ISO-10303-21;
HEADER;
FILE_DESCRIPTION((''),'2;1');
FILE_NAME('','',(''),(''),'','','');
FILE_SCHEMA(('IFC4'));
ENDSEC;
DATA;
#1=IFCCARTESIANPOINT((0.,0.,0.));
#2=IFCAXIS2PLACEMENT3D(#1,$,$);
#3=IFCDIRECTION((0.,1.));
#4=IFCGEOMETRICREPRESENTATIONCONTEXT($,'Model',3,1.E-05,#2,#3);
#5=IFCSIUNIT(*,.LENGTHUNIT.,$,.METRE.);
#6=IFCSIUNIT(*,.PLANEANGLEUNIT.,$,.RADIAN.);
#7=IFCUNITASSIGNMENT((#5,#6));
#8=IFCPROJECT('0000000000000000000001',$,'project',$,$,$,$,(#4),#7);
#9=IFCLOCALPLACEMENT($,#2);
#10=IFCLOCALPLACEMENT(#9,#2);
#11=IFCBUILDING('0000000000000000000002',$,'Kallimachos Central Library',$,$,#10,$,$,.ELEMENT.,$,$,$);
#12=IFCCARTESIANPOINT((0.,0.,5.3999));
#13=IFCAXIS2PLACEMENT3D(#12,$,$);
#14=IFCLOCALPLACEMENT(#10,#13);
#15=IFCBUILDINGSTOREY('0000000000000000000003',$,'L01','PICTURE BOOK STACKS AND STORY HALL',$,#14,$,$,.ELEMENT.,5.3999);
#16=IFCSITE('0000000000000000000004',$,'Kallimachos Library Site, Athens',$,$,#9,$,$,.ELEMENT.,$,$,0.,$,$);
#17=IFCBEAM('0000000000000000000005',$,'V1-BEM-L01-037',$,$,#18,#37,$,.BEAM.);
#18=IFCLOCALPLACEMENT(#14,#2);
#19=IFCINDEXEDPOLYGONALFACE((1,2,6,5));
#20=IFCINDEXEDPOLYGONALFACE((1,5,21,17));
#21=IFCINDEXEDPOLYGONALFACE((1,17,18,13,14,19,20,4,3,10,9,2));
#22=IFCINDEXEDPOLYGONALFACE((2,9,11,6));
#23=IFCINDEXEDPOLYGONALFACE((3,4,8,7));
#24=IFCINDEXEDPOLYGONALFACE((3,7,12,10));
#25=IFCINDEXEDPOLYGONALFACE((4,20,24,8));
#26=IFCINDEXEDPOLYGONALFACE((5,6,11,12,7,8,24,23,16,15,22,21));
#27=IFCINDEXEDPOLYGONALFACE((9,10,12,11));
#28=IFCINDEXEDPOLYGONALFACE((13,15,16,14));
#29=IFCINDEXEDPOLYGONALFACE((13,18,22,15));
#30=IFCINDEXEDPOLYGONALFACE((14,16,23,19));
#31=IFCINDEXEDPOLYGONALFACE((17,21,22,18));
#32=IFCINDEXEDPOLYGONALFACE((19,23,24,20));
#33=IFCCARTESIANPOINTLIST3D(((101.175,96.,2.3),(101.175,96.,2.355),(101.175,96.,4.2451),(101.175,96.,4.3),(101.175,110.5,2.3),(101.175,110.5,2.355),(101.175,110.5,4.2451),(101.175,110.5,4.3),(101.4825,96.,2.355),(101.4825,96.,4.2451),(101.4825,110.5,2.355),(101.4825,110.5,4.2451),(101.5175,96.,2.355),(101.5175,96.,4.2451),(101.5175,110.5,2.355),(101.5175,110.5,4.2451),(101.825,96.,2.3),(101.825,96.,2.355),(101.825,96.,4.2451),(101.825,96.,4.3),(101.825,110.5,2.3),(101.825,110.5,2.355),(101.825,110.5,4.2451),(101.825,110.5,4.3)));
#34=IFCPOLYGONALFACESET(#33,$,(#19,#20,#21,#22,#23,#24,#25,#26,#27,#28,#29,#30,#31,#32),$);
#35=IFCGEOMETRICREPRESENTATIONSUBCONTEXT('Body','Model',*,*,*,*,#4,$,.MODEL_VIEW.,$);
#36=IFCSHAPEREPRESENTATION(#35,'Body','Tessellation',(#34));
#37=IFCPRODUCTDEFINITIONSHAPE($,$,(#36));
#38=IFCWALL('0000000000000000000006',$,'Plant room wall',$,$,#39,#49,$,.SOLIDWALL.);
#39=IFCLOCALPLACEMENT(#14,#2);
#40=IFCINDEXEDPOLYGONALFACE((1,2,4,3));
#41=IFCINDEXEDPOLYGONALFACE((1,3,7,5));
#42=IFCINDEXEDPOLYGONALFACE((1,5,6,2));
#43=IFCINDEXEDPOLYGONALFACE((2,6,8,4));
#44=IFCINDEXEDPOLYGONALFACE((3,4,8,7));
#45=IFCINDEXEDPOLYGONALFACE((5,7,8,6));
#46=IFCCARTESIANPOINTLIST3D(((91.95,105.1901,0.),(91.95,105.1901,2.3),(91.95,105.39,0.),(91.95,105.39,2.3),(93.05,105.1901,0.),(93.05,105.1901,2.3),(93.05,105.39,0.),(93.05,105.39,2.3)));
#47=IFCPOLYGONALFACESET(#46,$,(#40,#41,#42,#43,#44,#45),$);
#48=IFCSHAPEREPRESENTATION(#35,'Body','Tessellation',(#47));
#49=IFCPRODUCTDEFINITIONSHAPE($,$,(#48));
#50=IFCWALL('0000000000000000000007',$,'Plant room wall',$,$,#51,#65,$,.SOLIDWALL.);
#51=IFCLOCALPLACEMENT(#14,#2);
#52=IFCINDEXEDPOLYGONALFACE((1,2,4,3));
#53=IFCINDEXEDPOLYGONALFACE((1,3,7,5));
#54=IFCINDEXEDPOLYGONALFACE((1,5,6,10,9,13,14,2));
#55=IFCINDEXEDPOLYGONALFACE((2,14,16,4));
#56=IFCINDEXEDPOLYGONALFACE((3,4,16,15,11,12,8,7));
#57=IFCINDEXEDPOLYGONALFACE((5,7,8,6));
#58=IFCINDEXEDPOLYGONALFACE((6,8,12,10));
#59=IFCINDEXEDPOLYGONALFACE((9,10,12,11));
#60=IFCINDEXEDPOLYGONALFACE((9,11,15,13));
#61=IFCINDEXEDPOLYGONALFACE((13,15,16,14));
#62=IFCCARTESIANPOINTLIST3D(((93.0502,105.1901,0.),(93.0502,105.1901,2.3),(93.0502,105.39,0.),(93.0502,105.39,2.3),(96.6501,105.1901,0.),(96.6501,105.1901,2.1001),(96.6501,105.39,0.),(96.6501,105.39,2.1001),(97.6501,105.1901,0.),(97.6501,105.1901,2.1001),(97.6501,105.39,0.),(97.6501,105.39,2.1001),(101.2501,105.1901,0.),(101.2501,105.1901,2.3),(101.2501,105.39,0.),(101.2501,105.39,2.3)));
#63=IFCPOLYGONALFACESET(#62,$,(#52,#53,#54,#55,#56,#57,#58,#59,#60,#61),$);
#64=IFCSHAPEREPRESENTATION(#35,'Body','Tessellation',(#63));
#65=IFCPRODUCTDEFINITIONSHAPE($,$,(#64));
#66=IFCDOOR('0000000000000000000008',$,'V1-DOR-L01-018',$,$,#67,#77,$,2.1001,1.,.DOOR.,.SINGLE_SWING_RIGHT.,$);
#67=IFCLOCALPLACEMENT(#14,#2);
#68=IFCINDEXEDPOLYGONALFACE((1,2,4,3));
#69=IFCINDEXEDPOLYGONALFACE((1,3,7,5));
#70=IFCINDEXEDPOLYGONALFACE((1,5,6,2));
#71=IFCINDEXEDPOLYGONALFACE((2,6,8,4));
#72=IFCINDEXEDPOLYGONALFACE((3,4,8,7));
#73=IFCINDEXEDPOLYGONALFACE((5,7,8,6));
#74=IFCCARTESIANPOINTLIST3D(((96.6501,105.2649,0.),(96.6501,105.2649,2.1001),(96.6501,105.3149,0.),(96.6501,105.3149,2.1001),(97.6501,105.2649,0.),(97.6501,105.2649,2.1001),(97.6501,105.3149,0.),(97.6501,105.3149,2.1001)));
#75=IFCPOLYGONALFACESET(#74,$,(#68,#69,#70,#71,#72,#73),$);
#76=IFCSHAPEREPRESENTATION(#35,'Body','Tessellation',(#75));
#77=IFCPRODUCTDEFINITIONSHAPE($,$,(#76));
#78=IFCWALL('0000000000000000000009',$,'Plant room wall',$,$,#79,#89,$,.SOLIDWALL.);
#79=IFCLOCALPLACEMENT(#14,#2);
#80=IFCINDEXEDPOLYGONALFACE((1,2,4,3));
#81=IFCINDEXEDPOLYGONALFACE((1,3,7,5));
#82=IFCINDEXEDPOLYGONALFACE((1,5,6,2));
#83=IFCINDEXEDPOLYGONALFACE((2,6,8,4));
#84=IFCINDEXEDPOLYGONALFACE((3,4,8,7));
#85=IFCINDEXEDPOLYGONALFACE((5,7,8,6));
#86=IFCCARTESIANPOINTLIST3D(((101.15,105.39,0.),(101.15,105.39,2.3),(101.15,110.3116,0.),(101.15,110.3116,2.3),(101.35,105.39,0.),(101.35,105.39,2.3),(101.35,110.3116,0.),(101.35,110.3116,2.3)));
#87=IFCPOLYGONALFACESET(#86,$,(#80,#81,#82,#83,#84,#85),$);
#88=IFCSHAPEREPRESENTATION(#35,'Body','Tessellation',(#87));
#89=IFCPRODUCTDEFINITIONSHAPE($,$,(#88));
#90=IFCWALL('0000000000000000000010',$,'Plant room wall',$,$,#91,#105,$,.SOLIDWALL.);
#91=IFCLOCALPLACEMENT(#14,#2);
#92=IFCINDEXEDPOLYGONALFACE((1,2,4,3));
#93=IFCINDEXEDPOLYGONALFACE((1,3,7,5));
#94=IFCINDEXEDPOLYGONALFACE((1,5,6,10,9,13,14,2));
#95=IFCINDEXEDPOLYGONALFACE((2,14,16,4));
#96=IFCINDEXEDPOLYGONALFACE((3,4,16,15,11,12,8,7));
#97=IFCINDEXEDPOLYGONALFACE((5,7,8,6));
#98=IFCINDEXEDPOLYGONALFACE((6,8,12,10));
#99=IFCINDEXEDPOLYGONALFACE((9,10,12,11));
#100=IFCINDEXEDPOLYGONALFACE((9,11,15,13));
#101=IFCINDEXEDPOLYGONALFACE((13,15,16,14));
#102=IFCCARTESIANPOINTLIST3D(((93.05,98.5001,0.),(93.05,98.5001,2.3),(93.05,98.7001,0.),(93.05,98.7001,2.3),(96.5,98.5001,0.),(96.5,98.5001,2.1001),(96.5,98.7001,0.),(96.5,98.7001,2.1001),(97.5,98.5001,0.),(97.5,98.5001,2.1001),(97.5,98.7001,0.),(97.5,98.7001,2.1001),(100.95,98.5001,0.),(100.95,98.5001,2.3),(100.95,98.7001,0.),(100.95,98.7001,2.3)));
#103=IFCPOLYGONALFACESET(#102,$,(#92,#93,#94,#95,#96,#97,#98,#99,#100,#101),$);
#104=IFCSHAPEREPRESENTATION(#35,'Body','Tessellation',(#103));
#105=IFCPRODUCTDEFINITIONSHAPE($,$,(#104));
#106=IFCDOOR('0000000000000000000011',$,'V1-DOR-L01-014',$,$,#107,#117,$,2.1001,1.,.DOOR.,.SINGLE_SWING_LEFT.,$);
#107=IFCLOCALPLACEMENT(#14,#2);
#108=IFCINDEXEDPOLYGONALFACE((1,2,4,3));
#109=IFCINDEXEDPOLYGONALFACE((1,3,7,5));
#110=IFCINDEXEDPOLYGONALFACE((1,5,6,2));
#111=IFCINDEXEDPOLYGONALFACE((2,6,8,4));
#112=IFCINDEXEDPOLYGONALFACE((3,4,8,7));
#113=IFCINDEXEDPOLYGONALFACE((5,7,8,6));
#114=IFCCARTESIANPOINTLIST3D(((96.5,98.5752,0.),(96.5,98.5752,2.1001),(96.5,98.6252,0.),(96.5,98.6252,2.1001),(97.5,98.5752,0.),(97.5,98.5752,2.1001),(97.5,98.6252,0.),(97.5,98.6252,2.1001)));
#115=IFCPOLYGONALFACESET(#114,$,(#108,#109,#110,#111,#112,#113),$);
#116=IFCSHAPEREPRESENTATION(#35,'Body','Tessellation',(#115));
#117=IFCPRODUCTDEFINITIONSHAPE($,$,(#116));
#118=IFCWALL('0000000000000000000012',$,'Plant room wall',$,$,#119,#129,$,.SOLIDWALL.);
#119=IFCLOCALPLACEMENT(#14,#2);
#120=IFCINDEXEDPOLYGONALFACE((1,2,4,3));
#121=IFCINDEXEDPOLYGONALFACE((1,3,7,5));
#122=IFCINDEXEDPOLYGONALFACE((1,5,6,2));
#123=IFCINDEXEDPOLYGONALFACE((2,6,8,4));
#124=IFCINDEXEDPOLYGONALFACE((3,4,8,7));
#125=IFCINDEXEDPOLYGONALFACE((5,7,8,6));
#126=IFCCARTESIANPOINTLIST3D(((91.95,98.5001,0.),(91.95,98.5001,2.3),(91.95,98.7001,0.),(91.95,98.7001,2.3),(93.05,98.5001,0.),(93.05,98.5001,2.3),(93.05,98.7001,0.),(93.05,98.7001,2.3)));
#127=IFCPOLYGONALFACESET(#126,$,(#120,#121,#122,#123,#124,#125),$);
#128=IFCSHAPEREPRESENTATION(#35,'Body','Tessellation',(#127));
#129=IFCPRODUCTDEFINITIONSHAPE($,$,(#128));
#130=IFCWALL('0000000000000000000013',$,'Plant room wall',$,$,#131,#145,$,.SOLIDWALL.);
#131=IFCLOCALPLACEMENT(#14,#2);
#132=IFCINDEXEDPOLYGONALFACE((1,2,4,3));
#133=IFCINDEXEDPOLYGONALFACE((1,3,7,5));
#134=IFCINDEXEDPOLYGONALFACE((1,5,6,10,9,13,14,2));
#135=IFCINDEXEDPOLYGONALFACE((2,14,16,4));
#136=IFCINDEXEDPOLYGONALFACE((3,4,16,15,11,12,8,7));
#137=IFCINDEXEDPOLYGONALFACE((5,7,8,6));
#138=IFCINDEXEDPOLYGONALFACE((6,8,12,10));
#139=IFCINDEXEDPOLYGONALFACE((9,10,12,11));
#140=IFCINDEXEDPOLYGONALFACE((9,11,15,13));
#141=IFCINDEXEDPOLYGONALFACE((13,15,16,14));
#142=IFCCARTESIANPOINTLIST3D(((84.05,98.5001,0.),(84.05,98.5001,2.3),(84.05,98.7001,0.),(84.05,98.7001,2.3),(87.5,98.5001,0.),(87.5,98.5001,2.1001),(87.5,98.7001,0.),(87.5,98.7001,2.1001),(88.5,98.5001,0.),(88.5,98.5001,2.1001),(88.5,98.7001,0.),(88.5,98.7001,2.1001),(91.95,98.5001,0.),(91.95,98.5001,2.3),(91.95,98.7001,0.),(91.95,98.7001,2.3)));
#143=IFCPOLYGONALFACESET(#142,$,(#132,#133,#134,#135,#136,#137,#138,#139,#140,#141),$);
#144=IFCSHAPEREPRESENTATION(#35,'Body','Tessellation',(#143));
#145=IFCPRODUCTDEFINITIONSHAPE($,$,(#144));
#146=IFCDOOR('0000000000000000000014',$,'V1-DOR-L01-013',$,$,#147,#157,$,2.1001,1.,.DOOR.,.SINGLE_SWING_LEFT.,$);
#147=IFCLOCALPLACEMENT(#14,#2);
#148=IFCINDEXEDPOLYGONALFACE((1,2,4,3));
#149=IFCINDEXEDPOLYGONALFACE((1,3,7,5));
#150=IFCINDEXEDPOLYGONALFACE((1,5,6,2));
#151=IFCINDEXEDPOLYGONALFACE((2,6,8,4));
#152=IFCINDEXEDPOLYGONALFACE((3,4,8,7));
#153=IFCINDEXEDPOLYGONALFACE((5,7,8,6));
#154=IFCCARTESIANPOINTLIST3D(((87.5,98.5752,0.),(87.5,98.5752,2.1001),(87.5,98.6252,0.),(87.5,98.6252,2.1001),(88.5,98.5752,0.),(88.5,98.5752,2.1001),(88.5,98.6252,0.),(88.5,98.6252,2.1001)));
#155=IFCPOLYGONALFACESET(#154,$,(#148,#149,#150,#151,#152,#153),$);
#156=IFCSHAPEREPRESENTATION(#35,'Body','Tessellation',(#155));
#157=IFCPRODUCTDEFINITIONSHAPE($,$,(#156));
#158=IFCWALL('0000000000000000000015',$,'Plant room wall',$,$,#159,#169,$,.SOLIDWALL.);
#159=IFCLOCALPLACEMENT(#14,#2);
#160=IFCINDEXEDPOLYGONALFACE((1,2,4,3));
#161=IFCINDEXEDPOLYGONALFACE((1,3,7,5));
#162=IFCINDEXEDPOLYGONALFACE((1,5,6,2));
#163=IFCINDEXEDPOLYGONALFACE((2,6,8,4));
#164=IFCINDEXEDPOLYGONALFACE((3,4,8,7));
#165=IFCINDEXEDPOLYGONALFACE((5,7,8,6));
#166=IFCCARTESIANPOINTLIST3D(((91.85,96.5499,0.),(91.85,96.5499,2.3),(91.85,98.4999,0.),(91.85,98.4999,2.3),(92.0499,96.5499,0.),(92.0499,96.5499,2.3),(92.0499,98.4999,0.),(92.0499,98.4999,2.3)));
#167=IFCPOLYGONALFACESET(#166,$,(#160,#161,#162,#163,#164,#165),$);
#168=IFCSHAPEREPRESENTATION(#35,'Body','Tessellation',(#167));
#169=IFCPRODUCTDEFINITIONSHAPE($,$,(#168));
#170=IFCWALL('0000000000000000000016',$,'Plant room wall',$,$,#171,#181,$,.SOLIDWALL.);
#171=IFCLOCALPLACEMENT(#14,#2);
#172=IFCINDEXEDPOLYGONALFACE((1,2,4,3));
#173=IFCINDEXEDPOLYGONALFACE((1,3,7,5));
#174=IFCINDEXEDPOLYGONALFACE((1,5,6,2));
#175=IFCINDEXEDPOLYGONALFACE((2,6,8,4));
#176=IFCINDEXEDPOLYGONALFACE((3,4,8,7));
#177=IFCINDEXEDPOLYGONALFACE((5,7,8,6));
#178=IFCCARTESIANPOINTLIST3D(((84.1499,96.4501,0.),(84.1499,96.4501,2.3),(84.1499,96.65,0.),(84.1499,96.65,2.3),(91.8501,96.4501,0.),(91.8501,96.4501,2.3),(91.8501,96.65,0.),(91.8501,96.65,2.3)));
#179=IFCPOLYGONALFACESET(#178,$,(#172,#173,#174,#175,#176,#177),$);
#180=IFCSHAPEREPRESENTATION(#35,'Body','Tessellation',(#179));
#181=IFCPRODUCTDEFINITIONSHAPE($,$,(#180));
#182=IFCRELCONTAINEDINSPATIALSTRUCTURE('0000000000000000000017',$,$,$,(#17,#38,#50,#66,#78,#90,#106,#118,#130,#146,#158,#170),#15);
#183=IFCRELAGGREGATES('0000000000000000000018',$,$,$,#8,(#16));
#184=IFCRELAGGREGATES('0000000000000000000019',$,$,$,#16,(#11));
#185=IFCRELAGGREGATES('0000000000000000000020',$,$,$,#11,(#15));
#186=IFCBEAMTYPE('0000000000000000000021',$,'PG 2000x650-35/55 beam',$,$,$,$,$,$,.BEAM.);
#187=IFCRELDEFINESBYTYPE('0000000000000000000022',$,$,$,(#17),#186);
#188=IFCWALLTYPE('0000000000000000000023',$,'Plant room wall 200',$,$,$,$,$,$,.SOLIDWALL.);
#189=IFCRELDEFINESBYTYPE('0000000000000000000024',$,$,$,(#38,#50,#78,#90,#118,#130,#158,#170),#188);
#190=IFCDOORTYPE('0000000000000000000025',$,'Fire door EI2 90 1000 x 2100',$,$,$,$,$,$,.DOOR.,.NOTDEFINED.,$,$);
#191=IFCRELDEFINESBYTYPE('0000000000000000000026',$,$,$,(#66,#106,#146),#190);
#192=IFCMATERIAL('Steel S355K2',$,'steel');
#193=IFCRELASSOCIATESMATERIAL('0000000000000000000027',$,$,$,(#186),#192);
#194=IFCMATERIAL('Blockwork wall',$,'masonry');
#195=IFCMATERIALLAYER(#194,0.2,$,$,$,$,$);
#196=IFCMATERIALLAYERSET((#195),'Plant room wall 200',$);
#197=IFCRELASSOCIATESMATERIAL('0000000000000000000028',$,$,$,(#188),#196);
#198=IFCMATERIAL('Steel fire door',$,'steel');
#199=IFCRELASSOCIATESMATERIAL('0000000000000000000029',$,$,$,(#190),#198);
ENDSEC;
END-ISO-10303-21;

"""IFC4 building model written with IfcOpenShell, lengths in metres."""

from ifc_helpers import new_model, si_unit, direction, frame, frame_2d, origin, origin_2d, place, context, subcontext, project, spatial, rectangle, i_section, extrude, material, layer, layer_set, material_profile, profile_set, type_object, element, fill, save


model = new_model("IFC4")

# Units and contexts
model_context = context("Model", 3, precision=1e-05, world=origin(), true_north=direction((0.0, 1.0)))
body_context = subcontext(model_context, "Body", "Model", "MODEL_VIEW")
ifc_project = project(units=[si_unit("LENGTHUNIT", "METRE"), si_unit("PLANEANGLEUNIT", "RADIAN")], contexts=[model_context])

# Site, building, storey
site_placement = place(None, origin())
site = spatial("IfcSite", under=ifc_project, at=site_placement, Name="Kallimachos Library Site, Athens", CompositionType="ELEMENT", RefElevation=0.0)
building_placement = place(site_placement, origin())
building = spatial("IfcBuilding", under=site, at=building_placement, Name="Kallimachos Central Library", CompositionType="ELEMENT")
storey_placement = place(building_placement, frame((0.0, 0.0, 5.3999)))
storey = spatial("IfcBuildingStorey", under=building, at=storey_placement, Name="L01", Description="PICTURE BOOK STACKS AND STORY HALL", CompositionType="ELEMENT", Elevation=5.3999)

# Beam
ifc_material_1 = material(Name="Steel S355K2", Category="steel")
ifc_material_profile_1 = material_profile(ifc_material_1, i_section(OverallWidth=0.6499, OverallDepth=2.0, WebThickness=0.0349, FlangeThickness=0.0549, at=origin_2d()), Name="PG 2000x650-35/55")
ifc_profile_set_1 = profile_set([ifc_material_profile_1], Name="Steel S355K2")
beam_type_1 = type_object("IfcBeamType", Name="PG 2000x650-35/55 beam", PredefinedType="BEAM", material=ifc_profile_set_1)
beam_1_placement = place(storey_placement, frame((101.5, 96.0, 3.3), z_axis=(0.0, 1.0, 0.0), x_axis=(-1.0, 0.0, 0.0)))
element("IfcBeam", 1, at=beam_1_placement, inside=storey, type_object=beam_type_1, Name="V1-BEM-L01-037", PredefinedType="BEAM", context=body_context, shape_type="SweptSolid", body=[
    extrude(i_section(OverallWidth=0.6499, OverallDepth=2.0, WebThickness=0.0349, FlangeThickness=0.0549, at=origin_2d()), origin(), (0.0, 0.0, 1.0), 14.5),
])

# Wall
ifc_material_2 = material(Name="Blockwork wall", Category="masonry")
ifc_layer = layer(ifc_material_2, 0.2)
ifc_layer_set = layer_set([ifc_layer], Name="Plant room wall 200")
wall_type = type_object("IfcWallType", Name="Plant room wall 200", PredefinedType="SOLIDWALL", material=ifc_layer_set)
wall_1_placement = place(storey_placement, frame((91.95, 105.29, 0.0), z_axis=(0.0, 0.0, 1.0), x_axis=(1.0, 0.0, 0.0)))
element("IfcWall", 2, at=wall_1_placement, inside=storey, type_object=wall_type, Name="Plant room wall", PredefinedType="SOLIDWALL", context=body_context, shape_type="SweptSolid", body=[
    extrude(rectangle(XDim=1.1001, YDim=0.2, at=frame_2d((0.55, 0.0))), origin(), (0.0, 0.0, 1.0), 2.3),
])

# Wall, opening, door
wall_2_placement = place(storey_placement, frame((93.05, 105.29, 0.0), z_axis=(0.0, 0.0, 1.0), x_axis=(1.0, 0.0, 0.0)))
wall_2 = element("IfcWall", 3, at=wall_2_placement, inside=storey, type_object=wall_type, Name="Plant room wall", PredefinedType="SOLIDWALL", context=body_context, shape_type="SweptSolid", body=[
    extrude(rectangle(XDim=8.2, YDim=0.2, at=frame_2d((4.1001, 0.0))), origin(), (0.0, 0.0, 1.0), 2.3),
])
opening_1_placement = place(wall_2_placement, frame((3.6001, 0.0, 0.0)))
opening_1 = element("IfcOpeningElement", 4, at=opening_1_placement, cuts=wall_2, PredefinedType="OPENING", context=body_context, shape_type="SweptSolid", body=[
    extrude(rectangle(XDim=1.0, YDim=2.1001, at=frame_2d((0.5, 1.05))), frame((0.0, 0.1099, 0.0), z_axis=(0.0, -1.0, 0.0), x_axis=(1.0, 0.0, 0.0)), (0.0, 0.0, 1.0), 0.22),
])
ifc_material_3 = material(Name="Steel fire door", Category="steel")
door_type = type_object("IfcDoorType", Name="Fire door EI2 90 1000 x 2100", OperationType="NOTDEFINED", PredefinedType="DOOR", material=ifc_material_3)
door_1_placement = place(opening_1_placement, origin())
door_1 = element("IfcDoor", 5, at=door_1_placement, inside=storey, type_object=door_type, Name="V1-DOR-L01-018", OperationType="SINGLE_SWING_RIGHT", OverallHeight=2.1001, OverallWidth=1.0, PredefinedType="DOOR", context=body_context, shape_type="SweptSolid", body=[
    extrude(rectangle(XDim=1.0, YDim=2.1001, at=frame_2d((0.5, 1.05))), frame((0.0, 0.0249, 0.0), z_axis=(0.0, -1.0, 0.0), x_axis=(1.0, 0.0, 0.0)), (0.0, 0.0, 1.0), 0.05),
])
fill(opening_1, door_1)

# Wall
wall_3_placement = place(storey_placement, frame((101.25, 105.3899, 0.0), z_axis=(0.0, 0.0, 1.0), x_axis=(0.0, 1.0, 0.0)))
element("IfcWall", 6, at=wall_3_placement, inside=storey, type_object=wall_type, Name="Plant room wall", PredefinedType="SOLIDWALL", context=body_context, shape_type="SweptSolid", body=[
    extrude(rectangle(XDim=4.9216, YDim=0.2, at=frame_2d((2.4609, 0.0))), origin(), (0.0, 0.0, 1.0), 2.3),
])

# Wall, opening, door
wall_4_placement = place(storey_placement, frame((100.95, 98.6001, 0.0), z_axis=(0.0, 0.0, 1.0), x_axis=(-1.0, 0.0, 0.0)))
wall_4 = element("IfcWall", 7, at=wall_4_placement, inside=storey, type_object=wall_type, Name="Plant room wall", PredefinedType="SOLIDWALL", context=body_context, shape_type="SweptSolid", body=[
    extrude(rectangle(XDim=7.8999, YDim=0.2, at=frame_2d((3.95, 0.0))), origin(), (0.0, 0.0, 1.0), 2.3),
])
opening_2_placement = place(wall_4_placement, frame((3.45, 0.0, 0.0)))
opening_2 = element("IfcOpeningElement", 8, at=opening_2_placement, cuts=wall_4, PredefinedType="OPENING", context=body_context, shape_type="SweptSolid", body=[
    extrude(rectangle(XDim=1.0, YDim=2.1001, at=frame_2d((0.5, 1.05))), frame((0.0, 0.1099, 0.0), z_axis=(0.0, -1.0, 0.0), x_axis=(1.0, 0.0, 0.0)), (0.0, 0.0, 1.0), 0.22),
])
door_2_placement = place(opening_2_placement, origin())
door_2 = element("IfcDoor", 9, at=door_2_placement, inside=storey, type_object=door_type, Name="V1-DOR-L01-014", OperationType="SINGLE_SWING_LEFT", OverallHeight=2.1001, OverallWidth=1.0, PredefinedType="DOOR", context=body_context, shape_type="SweptSolid", body=[
    extrude(rectangle(XDim=1.0, YDim=2.1001, at=frame_2d((0.5, 1.05))), frame((0.0, 0.0249, 0.0), z_axis=(0.0, -1.0, 0.0), x_axis=(1.0, 0.0, 0.0)), (0.0, 0.0, 1.0), 0.05),
])
fill(opening_2, door_2)

# Wall
wall_5_placement = place(storey_placement, frame((93.05, 98.6001, 0.0), z_axis=(0.0, 0.0, 1.0), x_axis=(-1.0, 0.0, 0.0)))
element("IfcWall", 10, at=wall_5_placement, inside=storey, type_object=wall_type, Name="Plant room wall", PredefinedType="SOLIDWALL", context=body_context, shape_type="SweptSolid", body=[
    extrude(rectangle(XDim=1.1001, YDim=0.2, at=frame_2d((0.55, 0.0))), origin(), (0.0, 0.0, 1.0), 2.3),
])

# Wall, opening, door
wall_6_placement = place(storey_placement, frame((91.95, 98.6001, 0.0), z_axis=(0.0, 0.0, 1.0), x_axis=(-1.0, 0.0, 0.0)))
wall_6 = element("IfcWall", 11, at=wall_6_placement, inside=storey, type_object=wall_type, Name="Plant room wall", PredefinedType="SOLIDWALL", context=body_context, shape_type="SweptSolid", body=[
    extrude(rectangle(XDim=7.8999, YDim=0.2, at=frame_2d((3.95, 0.0))), origin(), (0.0, 0.0, 1.0), 2.3),
])
opening_3_placement = place(wall_6_placement, frame((3.45, 0.0, 0.0)))
opening_3 = element("IfcOpeningElement", 12, at=opening_3_placement, cuts=wall_6, PredefinedType="OPENING", context=body_context, shape_type="SweptSolid", body=[
    extrude(rectangle(XDim=1.0, YDim=2.1001, at=frame_2d((0.5, 1.05))), frame((0.0, 0.1099, 0.0), z_axis=(0.0, -1.0, 0.0), x_axis=(1.0, 0.0, 0.0)), (0.0, 0.0, 1.0), 0.22),
])
door_3_placement = place(opening_3_placement, origin())
door_3 = element("IfcDoor", 13, at=door_3_placement, inside=storey, type_object=door_type, Name="V1-DOR-L01-013", OperationType="SINGLE_SWING_LEFT", OverallHeight=2.1001, OverallWidth=1.0, PredefinedType="DOOR", context=body_context, shape_type="SweptSolid", body=[
    extrude(rectangle(XDim=1.0, YDim=2.1001, at=frame_2d((0.5, 1.05))), frame((0.0, 0.0249, 0.0), z_axis=(0.0, -1.0, 0.0), x_axis=(1.0, 0.0, 0.0)), (0.0, 0.0, 1.0), 0.05),
])
fill(opening_3, door_3)

# Walls
wall_7_placement = place(storey_placement, frame((91.95, 98.5, 0.0), z_axis=(0.0, 0.0, 1.0), x_axis=(0.0, -1.0, 0.0)))
element("IfcWall", 14, at=wall_7_placement, inside=storey, type_object=wall_type, Name="Plant room wall", PredefinedType="SOLIDWALL", context=body_context, shape_type="SweptSolid", body=[
    extrude(rectangle(XDim=1.95, YDim=0.2, at=frame_2d((0.9751, 0.0))), origin(), (0.0, 0.0, 1.0), 2.3),
])
wall_8_placement = place(storey_placement, frame((91.8501, 96.55, 0.0), z_axis=(0.0, 0.0, 1.0), x_axis=(-1.0, 0.0, 0.0)))
element("IfcWall", 15, at=wall_8_placement, inside=storey, type_object=wall_type, Name="Plant room wall", PredefinedType="SOLIDWALL", context=body_context, shape_type="SweptSolid", body=[
    extrude(rectangle(XDim=7.7002, YDim=0.2, at=frame_2d((3.8501, 0.0))), origin(), (0.0, 0.0, 1.0), 2.3),
])

save(model, "model.ifc")
